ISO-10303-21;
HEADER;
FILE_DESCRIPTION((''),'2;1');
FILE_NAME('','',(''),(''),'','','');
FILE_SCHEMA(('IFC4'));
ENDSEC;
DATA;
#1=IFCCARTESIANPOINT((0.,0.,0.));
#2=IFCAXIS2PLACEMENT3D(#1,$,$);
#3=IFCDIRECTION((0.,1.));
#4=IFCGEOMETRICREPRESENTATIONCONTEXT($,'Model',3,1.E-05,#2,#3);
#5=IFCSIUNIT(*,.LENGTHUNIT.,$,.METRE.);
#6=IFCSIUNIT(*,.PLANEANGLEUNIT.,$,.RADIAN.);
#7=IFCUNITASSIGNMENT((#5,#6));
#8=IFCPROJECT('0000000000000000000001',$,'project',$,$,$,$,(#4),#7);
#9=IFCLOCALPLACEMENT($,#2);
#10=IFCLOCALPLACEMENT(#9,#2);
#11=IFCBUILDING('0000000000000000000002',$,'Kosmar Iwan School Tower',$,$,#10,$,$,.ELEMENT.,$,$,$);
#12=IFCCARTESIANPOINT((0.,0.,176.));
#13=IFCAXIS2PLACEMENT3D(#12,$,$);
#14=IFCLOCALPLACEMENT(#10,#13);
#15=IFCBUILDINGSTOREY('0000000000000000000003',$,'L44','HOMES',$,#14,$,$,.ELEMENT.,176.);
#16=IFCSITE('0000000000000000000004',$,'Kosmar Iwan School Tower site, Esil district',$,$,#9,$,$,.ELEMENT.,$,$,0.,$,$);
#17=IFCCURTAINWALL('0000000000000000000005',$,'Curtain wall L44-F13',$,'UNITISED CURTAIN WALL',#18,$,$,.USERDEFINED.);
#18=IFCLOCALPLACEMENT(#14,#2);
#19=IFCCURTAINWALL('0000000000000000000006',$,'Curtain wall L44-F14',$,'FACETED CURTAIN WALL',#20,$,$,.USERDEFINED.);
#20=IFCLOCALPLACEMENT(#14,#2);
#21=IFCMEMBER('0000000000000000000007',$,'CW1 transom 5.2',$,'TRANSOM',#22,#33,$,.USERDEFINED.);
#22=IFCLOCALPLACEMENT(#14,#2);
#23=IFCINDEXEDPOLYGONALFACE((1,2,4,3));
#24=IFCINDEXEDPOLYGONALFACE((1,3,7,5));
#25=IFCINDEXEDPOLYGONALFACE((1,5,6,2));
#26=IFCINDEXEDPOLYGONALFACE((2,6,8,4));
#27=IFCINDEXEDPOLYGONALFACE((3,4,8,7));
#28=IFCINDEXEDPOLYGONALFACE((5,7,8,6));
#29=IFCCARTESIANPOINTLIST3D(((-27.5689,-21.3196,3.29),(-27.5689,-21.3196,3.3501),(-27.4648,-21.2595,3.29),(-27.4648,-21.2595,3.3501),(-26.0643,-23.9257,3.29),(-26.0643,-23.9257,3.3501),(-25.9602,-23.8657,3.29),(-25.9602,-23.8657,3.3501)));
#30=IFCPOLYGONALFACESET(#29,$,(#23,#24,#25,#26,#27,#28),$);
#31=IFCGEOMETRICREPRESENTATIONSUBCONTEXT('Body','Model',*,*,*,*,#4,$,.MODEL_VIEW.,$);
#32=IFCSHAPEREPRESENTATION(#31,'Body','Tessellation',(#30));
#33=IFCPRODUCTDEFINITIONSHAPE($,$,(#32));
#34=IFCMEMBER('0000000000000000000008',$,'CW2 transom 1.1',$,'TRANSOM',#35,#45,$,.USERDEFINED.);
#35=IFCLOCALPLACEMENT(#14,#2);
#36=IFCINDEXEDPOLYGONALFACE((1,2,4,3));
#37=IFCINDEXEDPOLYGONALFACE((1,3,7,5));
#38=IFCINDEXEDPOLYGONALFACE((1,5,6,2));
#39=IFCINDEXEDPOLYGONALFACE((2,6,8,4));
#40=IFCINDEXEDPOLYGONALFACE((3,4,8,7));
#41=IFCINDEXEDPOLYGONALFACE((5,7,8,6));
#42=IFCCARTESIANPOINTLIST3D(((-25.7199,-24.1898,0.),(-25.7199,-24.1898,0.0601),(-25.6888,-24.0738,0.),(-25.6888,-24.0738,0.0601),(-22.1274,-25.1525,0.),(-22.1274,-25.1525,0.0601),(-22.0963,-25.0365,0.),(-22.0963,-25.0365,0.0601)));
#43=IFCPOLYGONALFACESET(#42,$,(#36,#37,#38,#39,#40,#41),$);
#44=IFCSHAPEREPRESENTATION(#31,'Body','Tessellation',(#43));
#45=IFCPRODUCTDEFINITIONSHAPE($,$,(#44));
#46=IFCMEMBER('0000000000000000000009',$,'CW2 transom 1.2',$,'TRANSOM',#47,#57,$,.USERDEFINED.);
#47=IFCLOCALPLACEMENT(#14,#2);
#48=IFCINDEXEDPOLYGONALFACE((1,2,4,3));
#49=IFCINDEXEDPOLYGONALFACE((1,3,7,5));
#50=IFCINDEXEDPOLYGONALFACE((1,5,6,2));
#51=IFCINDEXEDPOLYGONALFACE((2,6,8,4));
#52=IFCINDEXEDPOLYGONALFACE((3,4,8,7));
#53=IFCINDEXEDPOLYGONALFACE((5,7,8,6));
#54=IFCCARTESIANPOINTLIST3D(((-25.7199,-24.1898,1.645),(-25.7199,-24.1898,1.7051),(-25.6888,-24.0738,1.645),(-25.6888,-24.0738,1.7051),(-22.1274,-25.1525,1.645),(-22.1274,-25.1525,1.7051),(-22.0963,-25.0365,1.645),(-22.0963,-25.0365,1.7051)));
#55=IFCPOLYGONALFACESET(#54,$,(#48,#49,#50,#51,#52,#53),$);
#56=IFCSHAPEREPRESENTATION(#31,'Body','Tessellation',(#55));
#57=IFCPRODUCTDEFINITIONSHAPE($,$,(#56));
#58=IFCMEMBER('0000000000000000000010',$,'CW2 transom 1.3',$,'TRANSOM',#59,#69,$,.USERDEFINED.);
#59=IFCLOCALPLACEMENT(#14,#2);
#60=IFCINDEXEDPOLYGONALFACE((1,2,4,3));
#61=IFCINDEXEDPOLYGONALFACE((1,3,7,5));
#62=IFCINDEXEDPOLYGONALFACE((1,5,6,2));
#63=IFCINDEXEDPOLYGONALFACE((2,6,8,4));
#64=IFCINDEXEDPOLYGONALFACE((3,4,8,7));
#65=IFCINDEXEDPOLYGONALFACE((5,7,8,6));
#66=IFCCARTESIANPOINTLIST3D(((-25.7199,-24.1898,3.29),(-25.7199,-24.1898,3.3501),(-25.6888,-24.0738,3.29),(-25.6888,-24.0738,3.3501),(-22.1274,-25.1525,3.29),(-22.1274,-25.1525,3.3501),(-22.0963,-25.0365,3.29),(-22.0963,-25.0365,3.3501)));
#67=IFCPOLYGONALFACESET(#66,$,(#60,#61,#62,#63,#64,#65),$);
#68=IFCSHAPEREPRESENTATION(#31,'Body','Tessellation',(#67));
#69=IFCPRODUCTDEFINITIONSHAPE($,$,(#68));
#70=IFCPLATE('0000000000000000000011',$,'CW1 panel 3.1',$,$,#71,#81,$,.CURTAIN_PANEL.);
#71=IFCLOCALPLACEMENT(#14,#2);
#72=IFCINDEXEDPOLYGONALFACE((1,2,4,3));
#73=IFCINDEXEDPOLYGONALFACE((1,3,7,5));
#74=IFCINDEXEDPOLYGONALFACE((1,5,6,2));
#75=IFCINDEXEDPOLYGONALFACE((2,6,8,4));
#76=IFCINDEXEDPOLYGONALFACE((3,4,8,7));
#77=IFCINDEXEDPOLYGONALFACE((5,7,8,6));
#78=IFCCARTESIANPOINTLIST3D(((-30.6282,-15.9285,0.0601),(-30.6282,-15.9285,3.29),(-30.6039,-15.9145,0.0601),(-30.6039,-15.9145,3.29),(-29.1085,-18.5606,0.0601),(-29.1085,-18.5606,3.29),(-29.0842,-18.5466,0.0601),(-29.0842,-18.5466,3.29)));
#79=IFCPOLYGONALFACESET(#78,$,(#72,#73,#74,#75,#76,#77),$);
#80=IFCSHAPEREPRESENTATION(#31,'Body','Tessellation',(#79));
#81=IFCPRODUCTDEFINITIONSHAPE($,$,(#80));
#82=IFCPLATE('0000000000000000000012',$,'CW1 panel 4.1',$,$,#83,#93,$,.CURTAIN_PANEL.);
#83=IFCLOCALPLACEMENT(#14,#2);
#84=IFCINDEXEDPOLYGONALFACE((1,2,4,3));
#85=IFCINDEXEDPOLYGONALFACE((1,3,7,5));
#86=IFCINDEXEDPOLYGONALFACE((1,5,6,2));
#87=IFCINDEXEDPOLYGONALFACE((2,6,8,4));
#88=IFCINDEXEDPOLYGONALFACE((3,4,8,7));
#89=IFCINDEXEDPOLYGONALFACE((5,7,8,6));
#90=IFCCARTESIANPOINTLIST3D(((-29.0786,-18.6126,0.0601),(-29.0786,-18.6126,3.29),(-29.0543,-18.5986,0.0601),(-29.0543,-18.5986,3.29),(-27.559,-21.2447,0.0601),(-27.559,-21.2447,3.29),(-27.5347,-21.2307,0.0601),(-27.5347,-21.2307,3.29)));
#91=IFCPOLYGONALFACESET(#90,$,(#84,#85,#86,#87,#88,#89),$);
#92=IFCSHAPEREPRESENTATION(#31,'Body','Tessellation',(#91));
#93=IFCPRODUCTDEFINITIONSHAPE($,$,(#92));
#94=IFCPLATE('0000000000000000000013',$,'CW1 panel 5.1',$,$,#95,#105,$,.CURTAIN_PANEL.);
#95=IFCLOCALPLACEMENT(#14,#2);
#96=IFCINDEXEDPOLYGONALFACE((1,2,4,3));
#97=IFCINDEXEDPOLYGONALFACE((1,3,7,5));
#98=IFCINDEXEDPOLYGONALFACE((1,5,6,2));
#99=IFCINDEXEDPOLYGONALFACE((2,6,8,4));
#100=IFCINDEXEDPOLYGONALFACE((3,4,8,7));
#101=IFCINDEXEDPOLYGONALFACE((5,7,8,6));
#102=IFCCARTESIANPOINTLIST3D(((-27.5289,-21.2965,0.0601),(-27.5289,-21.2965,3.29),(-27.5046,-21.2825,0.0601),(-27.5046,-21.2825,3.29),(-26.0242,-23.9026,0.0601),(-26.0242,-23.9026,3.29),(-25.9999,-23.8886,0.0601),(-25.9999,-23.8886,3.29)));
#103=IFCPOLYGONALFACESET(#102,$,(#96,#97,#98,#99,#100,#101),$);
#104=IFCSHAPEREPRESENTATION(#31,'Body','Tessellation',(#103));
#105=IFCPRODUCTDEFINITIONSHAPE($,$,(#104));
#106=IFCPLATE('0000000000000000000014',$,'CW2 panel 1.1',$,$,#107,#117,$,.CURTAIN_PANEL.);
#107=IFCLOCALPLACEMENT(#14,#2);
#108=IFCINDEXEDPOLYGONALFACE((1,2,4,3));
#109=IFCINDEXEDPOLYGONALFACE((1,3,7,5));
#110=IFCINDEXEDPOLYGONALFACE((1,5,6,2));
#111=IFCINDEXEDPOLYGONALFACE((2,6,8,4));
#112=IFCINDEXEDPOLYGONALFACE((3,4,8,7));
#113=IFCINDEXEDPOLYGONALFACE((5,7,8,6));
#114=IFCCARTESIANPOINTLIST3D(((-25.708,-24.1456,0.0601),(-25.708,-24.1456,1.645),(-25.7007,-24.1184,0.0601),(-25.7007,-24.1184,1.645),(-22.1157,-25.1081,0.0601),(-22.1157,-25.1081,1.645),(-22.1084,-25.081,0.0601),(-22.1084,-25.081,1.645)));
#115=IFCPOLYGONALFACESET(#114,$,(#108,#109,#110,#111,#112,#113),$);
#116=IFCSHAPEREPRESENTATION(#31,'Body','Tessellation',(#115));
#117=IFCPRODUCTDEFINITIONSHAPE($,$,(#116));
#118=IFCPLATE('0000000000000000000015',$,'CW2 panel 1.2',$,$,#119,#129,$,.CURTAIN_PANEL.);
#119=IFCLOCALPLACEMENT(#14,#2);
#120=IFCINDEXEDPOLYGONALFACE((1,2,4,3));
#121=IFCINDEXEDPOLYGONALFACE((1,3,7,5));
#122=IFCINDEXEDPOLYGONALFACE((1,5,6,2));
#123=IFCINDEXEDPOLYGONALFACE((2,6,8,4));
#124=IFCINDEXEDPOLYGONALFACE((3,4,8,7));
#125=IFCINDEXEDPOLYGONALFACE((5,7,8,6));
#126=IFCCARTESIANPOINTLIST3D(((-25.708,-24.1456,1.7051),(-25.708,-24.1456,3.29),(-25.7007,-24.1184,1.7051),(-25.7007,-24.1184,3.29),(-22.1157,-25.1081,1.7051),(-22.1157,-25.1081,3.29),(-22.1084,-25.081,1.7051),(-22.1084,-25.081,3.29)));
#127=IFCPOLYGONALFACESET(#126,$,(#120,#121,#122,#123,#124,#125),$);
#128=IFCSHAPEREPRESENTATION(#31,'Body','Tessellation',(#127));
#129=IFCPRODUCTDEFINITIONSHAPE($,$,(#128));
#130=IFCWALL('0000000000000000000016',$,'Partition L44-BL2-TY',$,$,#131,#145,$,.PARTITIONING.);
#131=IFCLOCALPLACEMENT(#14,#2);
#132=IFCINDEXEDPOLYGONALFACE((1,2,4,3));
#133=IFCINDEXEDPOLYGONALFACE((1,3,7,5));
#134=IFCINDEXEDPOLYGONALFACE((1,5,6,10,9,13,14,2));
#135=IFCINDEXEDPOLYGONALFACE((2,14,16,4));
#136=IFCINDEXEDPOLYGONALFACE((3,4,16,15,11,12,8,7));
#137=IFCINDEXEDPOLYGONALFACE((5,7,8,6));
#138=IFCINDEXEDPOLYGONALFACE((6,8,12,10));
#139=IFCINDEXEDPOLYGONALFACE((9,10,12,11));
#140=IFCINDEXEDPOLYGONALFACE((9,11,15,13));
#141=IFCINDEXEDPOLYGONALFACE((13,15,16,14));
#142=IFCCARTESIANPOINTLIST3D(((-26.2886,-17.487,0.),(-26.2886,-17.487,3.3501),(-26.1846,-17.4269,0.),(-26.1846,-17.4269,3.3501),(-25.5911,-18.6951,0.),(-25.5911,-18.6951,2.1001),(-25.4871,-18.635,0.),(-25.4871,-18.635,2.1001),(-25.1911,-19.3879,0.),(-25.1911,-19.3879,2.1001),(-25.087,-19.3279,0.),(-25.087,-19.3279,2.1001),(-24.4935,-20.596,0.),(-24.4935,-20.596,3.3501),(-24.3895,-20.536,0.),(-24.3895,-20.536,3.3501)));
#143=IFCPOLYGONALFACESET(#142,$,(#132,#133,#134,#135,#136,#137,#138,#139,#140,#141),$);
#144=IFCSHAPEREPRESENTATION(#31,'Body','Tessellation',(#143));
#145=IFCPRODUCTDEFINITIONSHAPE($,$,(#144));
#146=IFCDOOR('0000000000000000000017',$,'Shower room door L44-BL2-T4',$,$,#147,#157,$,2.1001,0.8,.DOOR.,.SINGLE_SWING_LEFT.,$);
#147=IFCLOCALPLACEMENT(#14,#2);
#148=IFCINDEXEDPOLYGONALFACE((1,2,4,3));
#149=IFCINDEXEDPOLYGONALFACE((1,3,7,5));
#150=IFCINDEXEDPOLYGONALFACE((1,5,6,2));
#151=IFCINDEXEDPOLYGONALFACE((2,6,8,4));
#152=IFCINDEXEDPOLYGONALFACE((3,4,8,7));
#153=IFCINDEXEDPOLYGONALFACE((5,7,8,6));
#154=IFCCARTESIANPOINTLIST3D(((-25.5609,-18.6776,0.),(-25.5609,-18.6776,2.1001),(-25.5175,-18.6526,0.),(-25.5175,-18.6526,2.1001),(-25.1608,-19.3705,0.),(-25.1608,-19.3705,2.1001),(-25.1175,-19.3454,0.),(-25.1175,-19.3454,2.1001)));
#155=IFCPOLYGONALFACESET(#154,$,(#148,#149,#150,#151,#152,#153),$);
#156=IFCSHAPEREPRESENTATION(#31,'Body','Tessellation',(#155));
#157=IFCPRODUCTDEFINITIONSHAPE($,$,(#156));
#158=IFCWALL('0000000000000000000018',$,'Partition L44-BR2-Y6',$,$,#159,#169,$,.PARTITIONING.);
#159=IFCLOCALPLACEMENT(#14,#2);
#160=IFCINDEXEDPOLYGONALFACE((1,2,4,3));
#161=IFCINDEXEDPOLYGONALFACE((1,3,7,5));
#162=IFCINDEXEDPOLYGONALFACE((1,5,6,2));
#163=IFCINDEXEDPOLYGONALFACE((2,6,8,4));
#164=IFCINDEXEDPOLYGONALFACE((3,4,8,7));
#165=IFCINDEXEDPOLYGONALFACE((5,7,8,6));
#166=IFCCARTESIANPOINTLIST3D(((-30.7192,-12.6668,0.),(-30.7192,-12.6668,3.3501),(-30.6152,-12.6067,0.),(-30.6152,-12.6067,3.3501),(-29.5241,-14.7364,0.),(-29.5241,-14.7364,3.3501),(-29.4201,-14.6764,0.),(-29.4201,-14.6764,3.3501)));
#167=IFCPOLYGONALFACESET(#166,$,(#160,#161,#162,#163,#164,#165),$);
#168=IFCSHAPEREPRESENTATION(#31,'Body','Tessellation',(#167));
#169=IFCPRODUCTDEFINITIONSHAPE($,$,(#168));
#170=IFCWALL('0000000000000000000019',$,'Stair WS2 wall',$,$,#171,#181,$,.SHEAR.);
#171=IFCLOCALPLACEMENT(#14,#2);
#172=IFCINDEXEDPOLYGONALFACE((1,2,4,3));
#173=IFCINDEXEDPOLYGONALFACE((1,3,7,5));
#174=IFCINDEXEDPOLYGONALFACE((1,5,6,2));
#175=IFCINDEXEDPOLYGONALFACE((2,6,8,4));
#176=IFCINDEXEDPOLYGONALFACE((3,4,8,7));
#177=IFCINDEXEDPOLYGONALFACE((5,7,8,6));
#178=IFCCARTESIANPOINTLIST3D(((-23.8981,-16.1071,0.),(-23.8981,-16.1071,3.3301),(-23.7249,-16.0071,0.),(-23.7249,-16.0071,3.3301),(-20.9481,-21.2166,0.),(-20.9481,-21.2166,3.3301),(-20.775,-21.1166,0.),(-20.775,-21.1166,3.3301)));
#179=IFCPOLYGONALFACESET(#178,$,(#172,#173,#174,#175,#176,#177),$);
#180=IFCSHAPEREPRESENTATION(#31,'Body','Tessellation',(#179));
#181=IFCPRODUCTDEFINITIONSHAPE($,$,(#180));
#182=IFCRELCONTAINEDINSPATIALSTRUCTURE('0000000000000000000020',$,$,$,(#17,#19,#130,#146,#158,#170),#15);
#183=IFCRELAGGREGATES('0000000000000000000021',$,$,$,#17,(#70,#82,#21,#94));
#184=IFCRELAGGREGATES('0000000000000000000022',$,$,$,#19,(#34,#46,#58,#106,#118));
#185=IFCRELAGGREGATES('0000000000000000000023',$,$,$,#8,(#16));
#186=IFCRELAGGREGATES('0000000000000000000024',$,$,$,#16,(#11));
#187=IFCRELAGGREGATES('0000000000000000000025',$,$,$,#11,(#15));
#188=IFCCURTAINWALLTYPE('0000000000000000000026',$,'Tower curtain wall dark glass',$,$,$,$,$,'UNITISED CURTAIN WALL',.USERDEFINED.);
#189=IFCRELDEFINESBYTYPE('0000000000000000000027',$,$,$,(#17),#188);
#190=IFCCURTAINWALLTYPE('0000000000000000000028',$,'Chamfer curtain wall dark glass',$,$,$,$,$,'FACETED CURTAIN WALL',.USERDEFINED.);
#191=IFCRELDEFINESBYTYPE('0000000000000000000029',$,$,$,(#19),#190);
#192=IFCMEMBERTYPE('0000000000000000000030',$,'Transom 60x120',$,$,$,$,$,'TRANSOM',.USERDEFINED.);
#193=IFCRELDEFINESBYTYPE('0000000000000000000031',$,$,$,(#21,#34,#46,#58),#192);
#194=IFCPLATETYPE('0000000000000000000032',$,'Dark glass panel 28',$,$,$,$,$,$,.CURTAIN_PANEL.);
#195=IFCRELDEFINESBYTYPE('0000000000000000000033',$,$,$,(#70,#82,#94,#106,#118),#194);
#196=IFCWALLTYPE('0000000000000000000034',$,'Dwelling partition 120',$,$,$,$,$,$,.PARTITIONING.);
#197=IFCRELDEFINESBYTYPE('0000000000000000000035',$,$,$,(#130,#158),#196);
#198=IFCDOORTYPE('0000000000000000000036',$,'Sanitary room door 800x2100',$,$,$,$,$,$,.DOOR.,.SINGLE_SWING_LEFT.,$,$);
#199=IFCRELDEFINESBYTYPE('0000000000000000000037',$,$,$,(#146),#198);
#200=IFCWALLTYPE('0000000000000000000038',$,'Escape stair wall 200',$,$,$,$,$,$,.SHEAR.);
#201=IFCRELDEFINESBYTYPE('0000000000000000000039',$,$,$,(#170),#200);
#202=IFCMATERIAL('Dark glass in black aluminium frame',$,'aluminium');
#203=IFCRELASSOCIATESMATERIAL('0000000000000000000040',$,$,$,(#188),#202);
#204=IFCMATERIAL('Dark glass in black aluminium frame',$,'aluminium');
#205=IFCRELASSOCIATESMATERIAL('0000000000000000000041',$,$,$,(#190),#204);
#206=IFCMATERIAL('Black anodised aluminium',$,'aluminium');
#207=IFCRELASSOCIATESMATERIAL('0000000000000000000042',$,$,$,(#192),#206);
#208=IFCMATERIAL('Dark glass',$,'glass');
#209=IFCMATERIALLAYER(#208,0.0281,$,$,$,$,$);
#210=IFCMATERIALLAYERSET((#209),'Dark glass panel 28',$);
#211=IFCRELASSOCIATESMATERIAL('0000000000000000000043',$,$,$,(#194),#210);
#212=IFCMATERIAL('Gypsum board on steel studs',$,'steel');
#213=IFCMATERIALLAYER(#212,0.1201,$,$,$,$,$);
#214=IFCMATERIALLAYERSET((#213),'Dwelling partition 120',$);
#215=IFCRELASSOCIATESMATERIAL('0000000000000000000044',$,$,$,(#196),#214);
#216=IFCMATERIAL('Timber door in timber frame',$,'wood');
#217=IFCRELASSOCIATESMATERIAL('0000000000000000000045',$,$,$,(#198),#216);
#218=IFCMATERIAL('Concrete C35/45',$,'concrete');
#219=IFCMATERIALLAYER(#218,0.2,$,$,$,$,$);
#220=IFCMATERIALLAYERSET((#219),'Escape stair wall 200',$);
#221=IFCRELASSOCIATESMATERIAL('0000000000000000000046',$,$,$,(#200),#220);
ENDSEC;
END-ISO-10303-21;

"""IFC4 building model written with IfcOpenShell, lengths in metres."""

from ifc_helpers import new_model, si_unit, direction, frame, frame_2d, origin, origin_2d, place, context, subcontext, project, spatial, rectangle, extrude, material, layer, layer_set, material_profile, profile_set, type_object, element, fill, aggregate, save


model = new_model("IFC4")

# Units and contexts
model_context = context("Model", 3, precision=1e-05, world=origin(), true_north=direction((0.0, 1.0)))
body_context = subcontext(model_context, "Body", "Model", "MODEL_VIEW")
ifc_project = project(units=[si_unit("LENGTHUNIT", "METRE"), si_unit("PLANEANGLEUNIT", "RADIAN")], contexts=[model_context])

# Site, building, storey
site_placement = place(None, origin())
site = spatial("IfcSite", under=ifc_project, at=site_placement, Name="Kosmar Iwan School Tower site, Esil district", CompositionType="ELEMENT", RefElevation=0.0)
building_placement = place(site_placement, origin())
building = spatial("IfcBuilding", under=site, at=building_placement, Name="Kosmar Iwan School Tower", CompositionType="ELEMENT")
storey_placement = place(building_placement, frame((0.0, 0.0, 176.0)))
storey = spatial("IfcBuildingStorey", under=building, at=storey_placement, Name="L44", Description="HOMES", CompositionType="ELEMENT", Elevation=176.0)

# Curtain wall
ifc_material_1 = material(Name="Dark glass in black aluminium frame", Category="aluminium")
curtain_wall_type_1 = type_object("IfcCurtainWallType", Name="Tower curtain wall dark glass", ElementType="UNITISED CURTAIN WALL", PredefinedType="USERDEFINED", material=ifc_material_1)
curtain_wall_1_placement = place(storey_placement, origin())
curtain_wall_1 = element("IfcCurtainWall", 1, at=curtain_wall_1_placement, inside=storey, type_object=curtain_wall_type_1, Name="Curtain wall L44-F13", ObjectType="UNITISED CURTAIN WALL", PredefinedType="USERDEFINED")

# Curtain wall
ifc_material_2 = material(Name="Dark glass in black aluminium frame", Category="aluminium")
curtain_wall_type_2 = type_object("IfcCurtainWallType", Name="Chamfer curtain wall dark glass", ElementType="FACETED CURTAIN WALL", PredefinedType="USERDEFINED", material=ifc_material_2)
curtain_wall_2_placement = place(storey_placement, origin())
curtain_wall_2 = element("IfcCurtainWall", 2, at=curtain_wall_2_placement, inside=storey, type_object=curtain_wall_type_2, Name="Curtain wall L44-F14", ObjectType="FACETED CURTAIN WALL", PredefinedType="USERDEFINED")

# Members
ifc_material_3 = material(Name="Black anodised aluminium", Category="aluminium")
ifc_material_profile_1 = material_profile(ifc_material_3, rectangle(XDim=0.1201, YDim=0.0601, at=origin_2d()), Name="TRANSOM 60x120")
ifc_profile_set_1 = profile_set([ifc_material_profile_1], Name="Black anodised aluminium")
member_type_1 = type_object("IfcMemberType", Name="Transom 60x120", ElementType="TRANSOM", PredefinedType="USERDEFINED", material=ifc_profile_set_1)
member_1_placement = place(storey_placement, frame((-27.5168, -21.2896, 3.3201), z_axis=(0.499987, -0.866033, 0.0), x_axis=(0.866033, 0.499987, 0.0)))
member_1 = element("IfcMember", 3, at=member_1_placement, type_object=member_type_1, Name="CW1 transom 5.2", ObjectType="TRANSOM", PredefinedType="USERDEFINED", context=body_context, shape_type="SweptSolid", body=[
    extrude(rectangle(XDim=0.1201, YDim=0.0601, at=origin_2d()), origin(), (0.0, 0.0, 1.0), 3.0093),
])
member_2_placement = place(storey_placement, frame((-25.7043, -24.1318, 0.03), z_axis=(0.965924, -0.258827, 0.0), x_axis=(0.258827, 0.965924, 0.0)))
member_2 = element("IfcMember", 4, at=member_2_placement, type_object=member_type_1, Name="CW2 transom 1.1", ObjectType="TRANSOM", PredefinedType="USERDEFINED", context=body_context, shape_type="SweptSolid", body=[
    extrude(rectangle(XDim=0.1201, YDim=0.0601, at=origin_2d()), origin(), (0.0, 0.0, 1.0), 3.7192),
])
member_3_placement = place(storey_placement, frame((-25.7043, -24.1318, 1.675), z_axis=(0.965924, -0.258827, 0.0), x_axis=(0.258827, 0.965924, 0.0)))
member_3 = element("IfcMember", 5, at=member_3_placement, type_object=member_type_1, Name="CW2 transom 1.2", ObjectType="TRANSOM", PredefinedType="USERDEFINED", context=body_context, shape_type="SweptSolid", body=[
    extrude(rectangle(XDim=0.1201, YDim=0.0601, at=origin_2d()), origin(), (0.0, 0.0, 1.0), 3.7192),
])
member_4_placement = place(storey_placement, frame((-25.7043, -24.1318, 3.3201), z_axis=(0.965924, -0.258827, 0.0), x_axis=(0.258827, 0.965924, 0.0)))
member_4 = element("IfcMember", 6, at=member_4_placement, type_object=member_type_1, Name="CW2 transom 1.3", ObjectType="TRANSOM", PredefinedType="USERDEFINED", context=body_context, shape_type="SweptSolid", body=[
    extrude(rectangle(XDim=0.1201, YDim=0.0601, at=origin_2d()), origin(), (0.0, 0.0, 1.0), 3.7192),
])

# Plates
ifc_material_4 = material(Name="Dark glass", Category="glass")
ifc_layer_1 = layer(ifc_material_4, 0.0281)
ifc_layer_set_1 = layer_set([ifc_layer_1], Name="Dark glass panel 28")
plate_type = type_object("IfcPlateType", Name="Dark glass panel 28", PredefinedType="CURTAIN_PANEL", material=ifc_layer_set_1)
plate_1_placement = place(storey_placement, frame((-29.8562, -17.2375, 0.0601), z_axis=(0.0, 0.0, 1.0), x_axis=(0.5, -0.866025, 0.0)))
plate_1 = element("IfcPlate", 7, at=plate_1_placement, type_object=plate_type, Name="CW1 panel 3.1", PredefinedType="CURTAIN_PANEL", context=body_context, shape_type="SweptSolid", body=[
    extrude(rectangle(XDim=3.0393, YDim=0.0281, at=origin_2d()), origin(), (0.0, 0.0, 1.0), 3.23),
])
plate_2_placement = place(storey_placement, frame((-28.3066, -19.9216, 0.0601), z_axis=(0.0, 0.0, 1.0), x_axis=(0.5, -0.866025, 0.0)))
plate_2 = element("IfcPlate", 8, at=plate_2_placement, type_object=plate_type, Name="CW1 panel 4.1", PredefinedType="CURTAIN_PANEL", context=body_context, shape_type="SweptSolid", body=[
    extrude(rectangle(XDim=3.0393, YDim=0.0281, at=origin_2d()), origin(), (0.0, 0.0, 1.0), 3.23),
])
plate_3_placement = place(storey_placement, frame((-26.7644, -22.5925, 0.0601), z_axis=(0.0, 0.0, 1.0), x_axis=(0.5, -0.866025, 0.0)))
plate_3 = element("IfcPlate", 9, at=plate_3_placement, type_object=plate_type, Name="CW1 panel 5.1", PredefinedType="CURTAIN_PANEL", context=body_context, shape_type="SweptSolid", body=[
    extrude(rectangle(XDim=3.0093, YDim=0.0281, at=origin_2d()), origin(), (0.0, 0.0, 1.0), 3.23),
])
aggregate(curtain_wall_1, [plate_1, plate_2, member_1, plate_3])
plate_4_placement = place(storey_placement, frame((-23.9082, -24.6133, 0.0601), z_axis=(0.0, 0.0, 1.0), x_axis=(0.965926, -0.258819, 0.0)))
plate_4 = element("IfcPlate", 10, at=plate_4_placement, type_object=plate_type, Name="CW2 panel 1.1", PredefinedType="CURTAIN_PANEL", context=body_context, shape_type="SweptSolid", body=[
    extrude(rectangle(XDim=3.719, YDim=0.0281, at=origin_2d()), origin(), (0.0, 0.0, 1.0), 1.585),
])
plate_5_placement = place(storey_placement, frame((-23.9082, -24.6133, 1.7051), z_axis=(0.0, 0.0, 1.0), x_axis=(0.965926, -0.258819, 0.0)))
plate_5 = element("IfcPlate", 11, at=plate_5_placement, type_object=plate_type, Name="CW2 panel 1.2", PredefinedType="CURTAIN_PANEL", context=body_context, shape_type="SweptSolid", body=[
    extrude(rectangle(XDim=3.719, YDim=0.0281, at=origin_2d()), origin(), (0.0, 0.0, 1.0), 1.585),
])
aggregate(curtain_wall_2, [member_2, member_3, member_4, plate_4, plate_5])

# Wall, opening, door
ifc_material_5 = material(Name="Gypsum board on steel studs", Category="steel")
ifc_layer_2 = layer(ifc_material_5, 0.1201)
ifc_layer_set_2 = layer_set([ifc_layer_2], Name="Dwelling partition 120")
wall_type_1 = type_object("IfcWallType", Name="Dwelling partition 120", PredefinedType="PARTITIONING", material=ifc_layer_set_2)
wall_1_placement = place(storey_placement, frame((-26.2366, -17.457, 0.0), z_axis=(0.0, 0.0, 1.0), x_axis=(0.500023, -0.866012, 0.0)))
wall_1 = element("IfcWall", 12, at=wall_1_placement, inside=storey, type_object=wall_type_1, Name="Partition L44-BL2-TY", PredefinedType="PARTITIONING", context=body_context, shape_type="SweptSolid", body=[
    extrude(rectangle(XDim=3.5901, YDim=0.1201, at=frame_2d((1.7949, 0.0))), origin(), (0.0, 0.0, 1.0), 3.3501),
])
opening_placement = place(wall_1_placement, frame((1.395, 0.0, 0.0)))
opening = element("IfcOpeningElement", 13, at=opening_placement, cuts=wall_1, PredefinedType="OPENING", context=body_context, shape_type="SweptSolid", body=[
    extrude(rectangle(XDim=0.8, YDim=2.1001, at=frame_2d((0.3999, 1.05))), frame((0.0, 0.072, 0.0), z_axis=(0.0, -1.0, 0.0), x_axis=(1.0, 0.0, 0.0)), (0.0, 0.0, 1.0), 0.144),
])
ifc_material_6 = material(Name="Timber door in timber frame", Category="wood")
door_type = type_object("IfcDoorType", Name="Sanitary room door 800x2100", OperationType="SINGLE_SWING_LEFT", PredefinedType="DOOR", material=ifc_material_6)
door_placement = place(opening_placement, origin())
door = element("IfcDoor", 14, at=door_placement, inside=storey, type_object=door_type, Name="Shower room door L44-BL2-T4", OperationType="SINGLE_SWING_LEFT", OverallHeight=2.1001, OverallWidth=0.8, PredefinedType="DOOR", context=body_context, shape_type="SweptSolid", body=[
    extrude(rectangle(XDim=0.8, YDim=2.1001, at=frame_2d((0.3999, 1.05))), frame((0.0, 0.0249, 0.0), z_axis=(0.0, -1.0, 0.0), x_axis=(1.0, 0.0, 0.0)), (0.0, 0.0, 1.0), 0.05),
])
fill(opening, door)

# Walls
wall_2_placement = place(storey_placement, frame((-29.4722, -14.7063, 0.0), z_axis=(0.0, 0.0, 1.0), x_axis=(-0.500061, 0.86599, 0.0)))
element("IfcWall", 15, at=wall_2_placement, inside=storey, type_object=wall_type_1, Name="Partition L44-BR2-Y6", PredefinedType="PARTITIONING", context=body_context, shape_type="SweptSolid", body=[
    extrude(rectangle(XDim=2.3899, YDim=0.1201, at=frame_2d((1.1948, 0.0))), origin(), (0.0, 0.0, 1.0), 3.3501),
])
ifc_material_7 = material(Name="Concrete C35/45", Category="concrete")
ifc_layer_3 = layer(ifc_material_7, 0.2)
ifc_layer_set_3 = layer_set([ifc_layer_3], Name="Escape stair wall 200")
wall_type_2 = type_object("IfcWallType", Name="Escape stair wall 200", PredefinedType="SHEAR", material=ifc_layer_set_3)
wall_3_placement = place(storey_placement, frame((-23.8115, -16.0571, 0.0), z_axis=(0.0, 0.0, 1.0), x_axis=(0.500007, -0.866022, 0.0)))
element("IfcWall", 16, at=wall_3_placement, inside=storey, type_object=wall_type_2, Name="Stair WS2 wall", PredefinedType="SHEAR", context=body_context, shape_type="SweptSolid", body=[
    extrude(rectangle(XDim=5.8999, YDim=0.2, at=frame_2d((2.95, 0.0))), origin(), (0.0, 0.0, 1.0), 3.3301),
])

save(model, "model.ifc")
